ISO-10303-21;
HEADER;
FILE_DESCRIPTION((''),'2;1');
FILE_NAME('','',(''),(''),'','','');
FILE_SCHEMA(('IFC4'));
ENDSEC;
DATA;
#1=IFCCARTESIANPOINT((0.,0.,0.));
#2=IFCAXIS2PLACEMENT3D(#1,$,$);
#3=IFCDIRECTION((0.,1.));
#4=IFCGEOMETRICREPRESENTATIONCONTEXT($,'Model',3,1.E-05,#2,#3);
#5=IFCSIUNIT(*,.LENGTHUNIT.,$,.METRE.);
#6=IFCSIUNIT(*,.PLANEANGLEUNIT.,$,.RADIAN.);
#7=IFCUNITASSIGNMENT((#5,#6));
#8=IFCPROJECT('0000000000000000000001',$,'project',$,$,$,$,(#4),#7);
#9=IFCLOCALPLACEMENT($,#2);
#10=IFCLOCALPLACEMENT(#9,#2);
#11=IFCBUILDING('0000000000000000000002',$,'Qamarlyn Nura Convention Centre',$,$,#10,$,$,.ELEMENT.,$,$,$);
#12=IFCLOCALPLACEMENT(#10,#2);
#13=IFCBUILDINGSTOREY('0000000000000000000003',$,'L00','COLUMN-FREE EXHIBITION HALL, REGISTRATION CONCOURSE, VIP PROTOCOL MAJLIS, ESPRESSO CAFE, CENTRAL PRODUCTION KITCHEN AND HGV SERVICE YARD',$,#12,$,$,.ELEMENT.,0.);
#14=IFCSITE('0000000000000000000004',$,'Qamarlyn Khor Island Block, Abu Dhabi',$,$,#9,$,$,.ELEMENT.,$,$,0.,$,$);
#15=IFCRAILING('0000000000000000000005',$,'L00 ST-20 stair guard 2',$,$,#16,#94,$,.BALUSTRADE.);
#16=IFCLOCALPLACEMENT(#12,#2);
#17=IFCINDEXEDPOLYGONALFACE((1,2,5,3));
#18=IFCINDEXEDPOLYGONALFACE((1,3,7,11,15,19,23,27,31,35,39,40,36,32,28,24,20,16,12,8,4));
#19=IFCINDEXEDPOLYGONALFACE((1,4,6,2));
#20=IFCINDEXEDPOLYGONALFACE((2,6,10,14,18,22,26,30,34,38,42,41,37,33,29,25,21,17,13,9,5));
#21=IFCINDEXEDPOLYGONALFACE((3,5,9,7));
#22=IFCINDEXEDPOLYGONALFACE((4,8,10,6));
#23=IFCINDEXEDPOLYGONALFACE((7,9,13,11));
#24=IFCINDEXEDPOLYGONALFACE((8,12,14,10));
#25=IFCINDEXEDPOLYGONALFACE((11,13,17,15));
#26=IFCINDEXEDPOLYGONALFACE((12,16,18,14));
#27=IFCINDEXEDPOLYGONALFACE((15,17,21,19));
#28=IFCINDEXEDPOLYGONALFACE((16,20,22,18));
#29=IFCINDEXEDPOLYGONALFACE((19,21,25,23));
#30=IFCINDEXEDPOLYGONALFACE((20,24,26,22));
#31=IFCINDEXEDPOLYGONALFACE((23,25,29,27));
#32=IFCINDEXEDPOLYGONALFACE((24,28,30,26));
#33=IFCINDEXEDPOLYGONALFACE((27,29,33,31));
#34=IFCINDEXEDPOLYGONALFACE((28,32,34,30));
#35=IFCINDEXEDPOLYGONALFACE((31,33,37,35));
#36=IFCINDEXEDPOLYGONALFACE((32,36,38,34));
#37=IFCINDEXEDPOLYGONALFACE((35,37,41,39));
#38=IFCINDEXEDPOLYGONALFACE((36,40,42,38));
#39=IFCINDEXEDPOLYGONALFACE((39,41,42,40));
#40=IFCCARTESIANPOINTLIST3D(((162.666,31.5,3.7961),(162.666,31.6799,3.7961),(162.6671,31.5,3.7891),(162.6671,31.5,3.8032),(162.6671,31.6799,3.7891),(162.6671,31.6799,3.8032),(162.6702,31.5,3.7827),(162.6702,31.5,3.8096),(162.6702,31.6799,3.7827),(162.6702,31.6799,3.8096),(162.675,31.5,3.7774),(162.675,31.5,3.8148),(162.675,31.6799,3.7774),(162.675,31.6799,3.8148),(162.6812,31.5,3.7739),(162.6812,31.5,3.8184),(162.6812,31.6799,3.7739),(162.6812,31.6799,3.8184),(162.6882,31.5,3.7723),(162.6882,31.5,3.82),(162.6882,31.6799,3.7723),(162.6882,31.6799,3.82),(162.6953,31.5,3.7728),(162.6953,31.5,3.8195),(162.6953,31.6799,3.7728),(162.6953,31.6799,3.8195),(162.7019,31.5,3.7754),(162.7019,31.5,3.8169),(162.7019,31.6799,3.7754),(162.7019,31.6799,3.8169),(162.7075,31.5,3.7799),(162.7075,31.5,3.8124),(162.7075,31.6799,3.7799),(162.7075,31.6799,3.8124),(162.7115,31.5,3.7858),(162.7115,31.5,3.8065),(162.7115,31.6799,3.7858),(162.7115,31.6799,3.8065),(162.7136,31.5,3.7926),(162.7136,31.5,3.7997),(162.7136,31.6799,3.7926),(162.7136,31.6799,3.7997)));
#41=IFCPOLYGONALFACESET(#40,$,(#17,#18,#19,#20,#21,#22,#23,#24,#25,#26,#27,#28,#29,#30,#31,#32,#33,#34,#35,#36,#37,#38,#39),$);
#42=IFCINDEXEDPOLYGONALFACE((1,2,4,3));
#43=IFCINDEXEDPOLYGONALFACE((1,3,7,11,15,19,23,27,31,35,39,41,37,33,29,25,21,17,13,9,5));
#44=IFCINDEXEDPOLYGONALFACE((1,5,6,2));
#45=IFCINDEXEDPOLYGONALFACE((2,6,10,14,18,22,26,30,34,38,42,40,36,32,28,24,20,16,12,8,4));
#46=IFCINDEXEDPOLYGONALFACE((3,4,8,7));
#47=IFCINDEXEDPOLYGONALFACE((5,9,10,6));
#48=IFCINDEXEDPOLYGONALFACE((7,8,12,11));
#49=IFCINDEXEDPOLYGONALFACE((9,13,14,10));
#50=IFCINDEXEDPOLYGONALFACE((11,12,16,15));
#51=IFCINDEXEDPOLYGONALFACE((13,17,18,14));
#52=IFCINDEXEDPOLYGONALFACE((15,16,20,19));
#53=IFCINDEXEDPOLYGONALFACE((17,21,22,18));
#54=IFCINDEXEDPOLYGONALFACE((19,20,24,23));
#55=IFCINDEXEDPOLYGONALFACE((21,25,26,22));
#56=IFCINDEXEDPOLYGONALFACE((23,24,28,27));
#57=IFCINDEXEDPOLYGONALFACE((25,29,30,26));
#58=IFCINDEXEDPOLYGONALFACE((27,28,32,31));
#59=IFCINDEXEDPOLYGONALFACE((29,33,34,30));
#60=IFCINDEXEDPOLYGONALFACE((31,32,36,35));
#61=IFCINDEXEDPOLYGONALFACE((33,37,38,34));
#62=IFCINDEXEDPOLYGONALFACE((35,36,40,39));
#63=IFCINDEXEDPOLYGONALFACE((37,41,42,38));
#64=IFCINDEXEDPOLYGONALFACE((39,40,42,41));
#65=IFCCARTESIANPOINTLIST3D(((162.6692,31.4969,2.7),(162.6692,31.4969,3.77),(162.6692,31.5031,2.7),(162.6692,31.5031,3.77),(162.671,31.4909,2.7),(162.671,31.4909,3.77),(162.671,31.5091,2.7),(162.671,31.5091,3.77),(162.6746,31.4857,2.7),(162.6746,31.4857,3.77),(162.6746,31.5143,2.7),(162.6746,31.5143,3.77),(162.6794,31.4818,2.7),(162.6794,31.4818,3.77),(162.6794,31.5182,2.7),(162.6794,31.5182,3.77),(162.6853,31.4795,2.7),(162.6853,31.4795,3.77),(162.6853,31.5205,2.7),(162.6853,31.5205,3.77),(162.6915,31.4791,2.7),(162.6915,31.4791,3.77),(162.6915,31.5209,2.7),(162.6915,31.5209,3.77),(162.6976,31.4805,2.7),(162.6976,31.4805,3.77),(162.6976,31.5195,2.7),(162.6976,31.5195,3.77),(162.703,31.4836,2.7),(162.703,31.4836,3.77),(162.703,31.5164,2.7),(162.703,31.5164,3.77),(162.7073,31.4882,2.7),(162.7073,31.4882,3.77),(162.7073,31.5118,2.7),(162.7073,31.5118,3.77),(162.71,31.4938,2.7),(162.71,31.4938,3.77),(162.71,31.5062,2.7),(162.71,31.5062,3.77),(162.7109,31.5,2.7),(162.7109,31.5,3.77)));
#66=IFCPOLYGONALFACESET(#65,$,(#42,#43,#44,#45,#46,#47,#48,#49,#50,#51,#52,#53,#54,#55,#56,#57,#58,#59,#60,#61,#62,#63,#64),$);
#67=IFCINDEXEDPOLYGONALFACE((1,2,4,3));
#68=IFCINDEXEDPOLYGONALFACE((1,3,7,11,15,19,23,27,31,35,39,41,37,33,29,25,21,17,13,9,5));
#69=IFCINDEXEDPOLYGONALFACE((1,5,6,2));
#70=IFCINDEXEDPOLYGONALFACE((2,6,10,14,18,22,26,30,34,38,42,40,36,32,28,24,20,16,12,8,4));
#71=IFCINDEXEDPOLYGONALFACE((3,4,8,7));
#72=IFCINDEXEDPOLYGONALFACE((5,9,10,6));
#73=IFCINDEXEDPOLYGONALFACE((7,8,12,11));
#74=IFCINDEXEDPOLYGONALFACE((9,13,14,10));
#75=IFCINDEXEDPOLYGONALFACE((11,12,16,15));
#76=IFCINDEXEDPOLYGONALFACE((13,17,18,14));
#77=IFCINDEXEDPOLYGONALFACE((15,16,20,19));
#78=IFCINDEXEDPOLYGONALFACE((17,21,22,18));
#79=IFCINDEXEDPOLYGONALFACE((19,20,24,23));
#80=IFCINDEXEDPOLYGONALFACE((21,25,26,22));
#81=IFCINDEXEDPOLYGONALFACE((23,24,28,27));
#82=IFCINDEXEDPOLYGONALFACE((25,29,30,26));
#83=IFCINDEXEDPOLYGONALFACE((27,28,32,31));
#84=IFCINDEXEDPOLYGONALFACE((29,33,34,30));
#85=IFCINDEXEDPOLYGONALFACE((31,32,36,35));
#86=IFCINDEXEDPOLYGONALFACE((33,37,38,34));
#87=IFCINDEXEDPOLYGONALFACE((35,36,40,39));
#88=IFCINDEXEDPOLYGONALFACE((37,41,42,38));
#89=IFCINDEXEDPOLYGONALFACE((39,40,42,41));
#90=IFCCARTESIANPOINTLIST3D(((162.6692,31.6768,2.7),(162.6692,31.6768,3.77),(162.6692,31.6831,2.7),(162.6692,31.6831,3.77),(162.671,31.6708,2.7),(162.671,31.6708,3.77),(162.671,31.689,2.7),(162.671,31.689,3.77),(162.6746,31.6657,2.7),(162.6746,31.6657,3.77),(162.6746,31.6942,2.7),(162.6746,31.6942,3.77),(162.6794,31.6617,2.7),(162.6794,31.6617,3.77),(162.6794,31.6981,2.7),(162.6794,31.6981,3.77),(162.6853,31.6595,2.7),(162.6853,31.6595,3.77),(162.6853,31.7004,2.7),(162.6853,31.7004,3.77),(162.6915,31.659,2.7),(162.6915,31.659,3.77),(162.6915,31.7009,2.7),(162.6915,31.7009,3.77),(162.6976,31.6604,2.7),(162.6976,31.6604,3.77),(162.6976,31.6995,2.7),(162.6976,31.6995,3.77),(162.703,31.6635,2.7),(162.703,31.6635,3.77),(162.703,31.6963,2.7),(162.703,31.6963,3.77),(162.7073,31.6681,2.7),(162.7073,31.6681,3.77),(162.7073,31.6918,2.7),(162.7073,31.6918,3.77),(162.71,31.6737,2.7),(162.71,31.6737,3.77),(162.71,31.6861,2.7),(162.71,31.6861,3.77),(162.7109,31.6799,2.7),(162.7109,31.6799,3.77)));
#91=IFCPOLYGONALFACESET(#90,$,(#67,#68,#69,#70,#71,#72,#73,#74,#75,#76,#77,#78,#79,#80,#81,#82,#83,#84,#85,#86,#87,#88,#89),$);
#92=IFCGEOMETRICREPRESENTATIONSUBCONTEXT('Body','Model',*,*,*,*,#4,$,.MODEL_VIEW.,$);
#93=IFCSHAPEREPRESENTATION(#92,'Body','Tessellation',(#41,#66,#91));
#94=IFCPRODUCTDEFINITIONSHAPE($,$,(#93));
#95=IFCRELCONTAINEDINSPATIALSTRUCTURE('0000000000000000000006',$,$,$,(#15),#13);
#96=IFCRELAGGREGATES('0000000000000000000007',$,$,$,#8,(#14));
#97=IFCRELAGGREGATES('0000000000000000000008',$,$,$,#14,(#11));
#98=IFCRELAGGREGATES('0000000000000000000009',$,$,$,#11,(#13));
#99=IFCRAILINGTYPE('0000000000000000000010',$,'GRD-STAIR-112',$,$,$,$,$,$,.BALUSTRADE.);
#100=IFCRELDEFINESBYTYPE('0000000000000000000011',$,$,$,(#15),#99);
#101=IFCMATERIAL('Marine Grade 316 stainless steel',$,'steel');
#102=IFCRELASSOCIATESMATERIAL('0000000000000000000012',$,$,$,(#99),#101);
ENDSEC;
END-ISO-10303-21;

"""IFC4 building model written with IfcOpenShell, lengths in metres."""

from ifc_helpers import new_model, si_unit, direction, frame, origin, origin_2d, place, context, subcontext, project, spatial, circle, extrude, material, type_object, element, save


model = new_model("IFC4")

# Units and contexts
model_context = context("Model", 3, precision=1e-05, world=origin(), true_north=direction((0.0, 1.0)))
body_context = subcontext(model_context, "Body", "Model", "MODEL_VIEW")
ifc_project = project(units=[si_unit("LENGTHUNIT", "METRE"), si_unit("PLANEANGLEUNIT", "RADIAN")], contexts=[model_context])

# Site, building, storey
site_placement = place(None, origin())
site = spatial("IfcSite", under=ifc_project, at=site_placement, Name="Qamarlyn Khor Island Block, Abu Dhabi", CompositionType="ELEMENT", RefElevation=0.0)
building_placement = place(site_placement, origin())
building = spatial("IfcBuilding", under=site, at=building_placement, Name="Qamarlyn Nura Convention Centre", CompositionType="ELEMENT")
storey_placement = place(building_placement, origin())
storey = spatial("IfcBuildingStorey", under=building, at=storey_placement, Name="L00", Description="COLUMN-FREE EXHIBITION HALL, REGISTRATION CONCOURSE, VIP PROTOCOL MAJLIS, ESPRESSO CAFE, CENTRAL PRODUCTION KITCHEN AND HGV SERVICE YARD", CompositionType="ELEMENT", Elevation=0.0)

# Railing
ifc_material_1 = material(Name="Marine Grade 316 stainless steel", Category="steel")
railing_type_1 = type_object("IfcRailingType", Name="GRD-STAIR-112", PredefinedType="BALUSTRADE", material=ifc_material_1)
railing_1_placement = place(storey_placement, frame((162.6899, 31.5, 2.7)))
element("IfcRailing", 1, at=railing_1_placement, inside=storey, type_object=railing_type_1, Name="L00 ST-20 stair guard 2", PredefinedType="BALUSTRADE", context=body_context, shape_type="SweptSolid", body=[
    extrude(circle(Radius=0.0239, at=origin_2d()), frame((0.0, 0.0, 1.0962), z_axis=(0.0, 1.0, 0.0), x_axis=(-1.0, 0.0, 0.0)), (0.0, 0.0, 1.0), 0.1799),
    extrude(circle(Radius=0.021, at=origin_2d()), origin(), (0.0, 0.0, 1.0), 1.0701),
    extrude(circle(Radius=0.021, at=origin_2d()), frame((0.0, 0.1799, 0.0)), (0.0, 0.0, 1.0), 1.0701),
])

save(model, "model.ifc")
